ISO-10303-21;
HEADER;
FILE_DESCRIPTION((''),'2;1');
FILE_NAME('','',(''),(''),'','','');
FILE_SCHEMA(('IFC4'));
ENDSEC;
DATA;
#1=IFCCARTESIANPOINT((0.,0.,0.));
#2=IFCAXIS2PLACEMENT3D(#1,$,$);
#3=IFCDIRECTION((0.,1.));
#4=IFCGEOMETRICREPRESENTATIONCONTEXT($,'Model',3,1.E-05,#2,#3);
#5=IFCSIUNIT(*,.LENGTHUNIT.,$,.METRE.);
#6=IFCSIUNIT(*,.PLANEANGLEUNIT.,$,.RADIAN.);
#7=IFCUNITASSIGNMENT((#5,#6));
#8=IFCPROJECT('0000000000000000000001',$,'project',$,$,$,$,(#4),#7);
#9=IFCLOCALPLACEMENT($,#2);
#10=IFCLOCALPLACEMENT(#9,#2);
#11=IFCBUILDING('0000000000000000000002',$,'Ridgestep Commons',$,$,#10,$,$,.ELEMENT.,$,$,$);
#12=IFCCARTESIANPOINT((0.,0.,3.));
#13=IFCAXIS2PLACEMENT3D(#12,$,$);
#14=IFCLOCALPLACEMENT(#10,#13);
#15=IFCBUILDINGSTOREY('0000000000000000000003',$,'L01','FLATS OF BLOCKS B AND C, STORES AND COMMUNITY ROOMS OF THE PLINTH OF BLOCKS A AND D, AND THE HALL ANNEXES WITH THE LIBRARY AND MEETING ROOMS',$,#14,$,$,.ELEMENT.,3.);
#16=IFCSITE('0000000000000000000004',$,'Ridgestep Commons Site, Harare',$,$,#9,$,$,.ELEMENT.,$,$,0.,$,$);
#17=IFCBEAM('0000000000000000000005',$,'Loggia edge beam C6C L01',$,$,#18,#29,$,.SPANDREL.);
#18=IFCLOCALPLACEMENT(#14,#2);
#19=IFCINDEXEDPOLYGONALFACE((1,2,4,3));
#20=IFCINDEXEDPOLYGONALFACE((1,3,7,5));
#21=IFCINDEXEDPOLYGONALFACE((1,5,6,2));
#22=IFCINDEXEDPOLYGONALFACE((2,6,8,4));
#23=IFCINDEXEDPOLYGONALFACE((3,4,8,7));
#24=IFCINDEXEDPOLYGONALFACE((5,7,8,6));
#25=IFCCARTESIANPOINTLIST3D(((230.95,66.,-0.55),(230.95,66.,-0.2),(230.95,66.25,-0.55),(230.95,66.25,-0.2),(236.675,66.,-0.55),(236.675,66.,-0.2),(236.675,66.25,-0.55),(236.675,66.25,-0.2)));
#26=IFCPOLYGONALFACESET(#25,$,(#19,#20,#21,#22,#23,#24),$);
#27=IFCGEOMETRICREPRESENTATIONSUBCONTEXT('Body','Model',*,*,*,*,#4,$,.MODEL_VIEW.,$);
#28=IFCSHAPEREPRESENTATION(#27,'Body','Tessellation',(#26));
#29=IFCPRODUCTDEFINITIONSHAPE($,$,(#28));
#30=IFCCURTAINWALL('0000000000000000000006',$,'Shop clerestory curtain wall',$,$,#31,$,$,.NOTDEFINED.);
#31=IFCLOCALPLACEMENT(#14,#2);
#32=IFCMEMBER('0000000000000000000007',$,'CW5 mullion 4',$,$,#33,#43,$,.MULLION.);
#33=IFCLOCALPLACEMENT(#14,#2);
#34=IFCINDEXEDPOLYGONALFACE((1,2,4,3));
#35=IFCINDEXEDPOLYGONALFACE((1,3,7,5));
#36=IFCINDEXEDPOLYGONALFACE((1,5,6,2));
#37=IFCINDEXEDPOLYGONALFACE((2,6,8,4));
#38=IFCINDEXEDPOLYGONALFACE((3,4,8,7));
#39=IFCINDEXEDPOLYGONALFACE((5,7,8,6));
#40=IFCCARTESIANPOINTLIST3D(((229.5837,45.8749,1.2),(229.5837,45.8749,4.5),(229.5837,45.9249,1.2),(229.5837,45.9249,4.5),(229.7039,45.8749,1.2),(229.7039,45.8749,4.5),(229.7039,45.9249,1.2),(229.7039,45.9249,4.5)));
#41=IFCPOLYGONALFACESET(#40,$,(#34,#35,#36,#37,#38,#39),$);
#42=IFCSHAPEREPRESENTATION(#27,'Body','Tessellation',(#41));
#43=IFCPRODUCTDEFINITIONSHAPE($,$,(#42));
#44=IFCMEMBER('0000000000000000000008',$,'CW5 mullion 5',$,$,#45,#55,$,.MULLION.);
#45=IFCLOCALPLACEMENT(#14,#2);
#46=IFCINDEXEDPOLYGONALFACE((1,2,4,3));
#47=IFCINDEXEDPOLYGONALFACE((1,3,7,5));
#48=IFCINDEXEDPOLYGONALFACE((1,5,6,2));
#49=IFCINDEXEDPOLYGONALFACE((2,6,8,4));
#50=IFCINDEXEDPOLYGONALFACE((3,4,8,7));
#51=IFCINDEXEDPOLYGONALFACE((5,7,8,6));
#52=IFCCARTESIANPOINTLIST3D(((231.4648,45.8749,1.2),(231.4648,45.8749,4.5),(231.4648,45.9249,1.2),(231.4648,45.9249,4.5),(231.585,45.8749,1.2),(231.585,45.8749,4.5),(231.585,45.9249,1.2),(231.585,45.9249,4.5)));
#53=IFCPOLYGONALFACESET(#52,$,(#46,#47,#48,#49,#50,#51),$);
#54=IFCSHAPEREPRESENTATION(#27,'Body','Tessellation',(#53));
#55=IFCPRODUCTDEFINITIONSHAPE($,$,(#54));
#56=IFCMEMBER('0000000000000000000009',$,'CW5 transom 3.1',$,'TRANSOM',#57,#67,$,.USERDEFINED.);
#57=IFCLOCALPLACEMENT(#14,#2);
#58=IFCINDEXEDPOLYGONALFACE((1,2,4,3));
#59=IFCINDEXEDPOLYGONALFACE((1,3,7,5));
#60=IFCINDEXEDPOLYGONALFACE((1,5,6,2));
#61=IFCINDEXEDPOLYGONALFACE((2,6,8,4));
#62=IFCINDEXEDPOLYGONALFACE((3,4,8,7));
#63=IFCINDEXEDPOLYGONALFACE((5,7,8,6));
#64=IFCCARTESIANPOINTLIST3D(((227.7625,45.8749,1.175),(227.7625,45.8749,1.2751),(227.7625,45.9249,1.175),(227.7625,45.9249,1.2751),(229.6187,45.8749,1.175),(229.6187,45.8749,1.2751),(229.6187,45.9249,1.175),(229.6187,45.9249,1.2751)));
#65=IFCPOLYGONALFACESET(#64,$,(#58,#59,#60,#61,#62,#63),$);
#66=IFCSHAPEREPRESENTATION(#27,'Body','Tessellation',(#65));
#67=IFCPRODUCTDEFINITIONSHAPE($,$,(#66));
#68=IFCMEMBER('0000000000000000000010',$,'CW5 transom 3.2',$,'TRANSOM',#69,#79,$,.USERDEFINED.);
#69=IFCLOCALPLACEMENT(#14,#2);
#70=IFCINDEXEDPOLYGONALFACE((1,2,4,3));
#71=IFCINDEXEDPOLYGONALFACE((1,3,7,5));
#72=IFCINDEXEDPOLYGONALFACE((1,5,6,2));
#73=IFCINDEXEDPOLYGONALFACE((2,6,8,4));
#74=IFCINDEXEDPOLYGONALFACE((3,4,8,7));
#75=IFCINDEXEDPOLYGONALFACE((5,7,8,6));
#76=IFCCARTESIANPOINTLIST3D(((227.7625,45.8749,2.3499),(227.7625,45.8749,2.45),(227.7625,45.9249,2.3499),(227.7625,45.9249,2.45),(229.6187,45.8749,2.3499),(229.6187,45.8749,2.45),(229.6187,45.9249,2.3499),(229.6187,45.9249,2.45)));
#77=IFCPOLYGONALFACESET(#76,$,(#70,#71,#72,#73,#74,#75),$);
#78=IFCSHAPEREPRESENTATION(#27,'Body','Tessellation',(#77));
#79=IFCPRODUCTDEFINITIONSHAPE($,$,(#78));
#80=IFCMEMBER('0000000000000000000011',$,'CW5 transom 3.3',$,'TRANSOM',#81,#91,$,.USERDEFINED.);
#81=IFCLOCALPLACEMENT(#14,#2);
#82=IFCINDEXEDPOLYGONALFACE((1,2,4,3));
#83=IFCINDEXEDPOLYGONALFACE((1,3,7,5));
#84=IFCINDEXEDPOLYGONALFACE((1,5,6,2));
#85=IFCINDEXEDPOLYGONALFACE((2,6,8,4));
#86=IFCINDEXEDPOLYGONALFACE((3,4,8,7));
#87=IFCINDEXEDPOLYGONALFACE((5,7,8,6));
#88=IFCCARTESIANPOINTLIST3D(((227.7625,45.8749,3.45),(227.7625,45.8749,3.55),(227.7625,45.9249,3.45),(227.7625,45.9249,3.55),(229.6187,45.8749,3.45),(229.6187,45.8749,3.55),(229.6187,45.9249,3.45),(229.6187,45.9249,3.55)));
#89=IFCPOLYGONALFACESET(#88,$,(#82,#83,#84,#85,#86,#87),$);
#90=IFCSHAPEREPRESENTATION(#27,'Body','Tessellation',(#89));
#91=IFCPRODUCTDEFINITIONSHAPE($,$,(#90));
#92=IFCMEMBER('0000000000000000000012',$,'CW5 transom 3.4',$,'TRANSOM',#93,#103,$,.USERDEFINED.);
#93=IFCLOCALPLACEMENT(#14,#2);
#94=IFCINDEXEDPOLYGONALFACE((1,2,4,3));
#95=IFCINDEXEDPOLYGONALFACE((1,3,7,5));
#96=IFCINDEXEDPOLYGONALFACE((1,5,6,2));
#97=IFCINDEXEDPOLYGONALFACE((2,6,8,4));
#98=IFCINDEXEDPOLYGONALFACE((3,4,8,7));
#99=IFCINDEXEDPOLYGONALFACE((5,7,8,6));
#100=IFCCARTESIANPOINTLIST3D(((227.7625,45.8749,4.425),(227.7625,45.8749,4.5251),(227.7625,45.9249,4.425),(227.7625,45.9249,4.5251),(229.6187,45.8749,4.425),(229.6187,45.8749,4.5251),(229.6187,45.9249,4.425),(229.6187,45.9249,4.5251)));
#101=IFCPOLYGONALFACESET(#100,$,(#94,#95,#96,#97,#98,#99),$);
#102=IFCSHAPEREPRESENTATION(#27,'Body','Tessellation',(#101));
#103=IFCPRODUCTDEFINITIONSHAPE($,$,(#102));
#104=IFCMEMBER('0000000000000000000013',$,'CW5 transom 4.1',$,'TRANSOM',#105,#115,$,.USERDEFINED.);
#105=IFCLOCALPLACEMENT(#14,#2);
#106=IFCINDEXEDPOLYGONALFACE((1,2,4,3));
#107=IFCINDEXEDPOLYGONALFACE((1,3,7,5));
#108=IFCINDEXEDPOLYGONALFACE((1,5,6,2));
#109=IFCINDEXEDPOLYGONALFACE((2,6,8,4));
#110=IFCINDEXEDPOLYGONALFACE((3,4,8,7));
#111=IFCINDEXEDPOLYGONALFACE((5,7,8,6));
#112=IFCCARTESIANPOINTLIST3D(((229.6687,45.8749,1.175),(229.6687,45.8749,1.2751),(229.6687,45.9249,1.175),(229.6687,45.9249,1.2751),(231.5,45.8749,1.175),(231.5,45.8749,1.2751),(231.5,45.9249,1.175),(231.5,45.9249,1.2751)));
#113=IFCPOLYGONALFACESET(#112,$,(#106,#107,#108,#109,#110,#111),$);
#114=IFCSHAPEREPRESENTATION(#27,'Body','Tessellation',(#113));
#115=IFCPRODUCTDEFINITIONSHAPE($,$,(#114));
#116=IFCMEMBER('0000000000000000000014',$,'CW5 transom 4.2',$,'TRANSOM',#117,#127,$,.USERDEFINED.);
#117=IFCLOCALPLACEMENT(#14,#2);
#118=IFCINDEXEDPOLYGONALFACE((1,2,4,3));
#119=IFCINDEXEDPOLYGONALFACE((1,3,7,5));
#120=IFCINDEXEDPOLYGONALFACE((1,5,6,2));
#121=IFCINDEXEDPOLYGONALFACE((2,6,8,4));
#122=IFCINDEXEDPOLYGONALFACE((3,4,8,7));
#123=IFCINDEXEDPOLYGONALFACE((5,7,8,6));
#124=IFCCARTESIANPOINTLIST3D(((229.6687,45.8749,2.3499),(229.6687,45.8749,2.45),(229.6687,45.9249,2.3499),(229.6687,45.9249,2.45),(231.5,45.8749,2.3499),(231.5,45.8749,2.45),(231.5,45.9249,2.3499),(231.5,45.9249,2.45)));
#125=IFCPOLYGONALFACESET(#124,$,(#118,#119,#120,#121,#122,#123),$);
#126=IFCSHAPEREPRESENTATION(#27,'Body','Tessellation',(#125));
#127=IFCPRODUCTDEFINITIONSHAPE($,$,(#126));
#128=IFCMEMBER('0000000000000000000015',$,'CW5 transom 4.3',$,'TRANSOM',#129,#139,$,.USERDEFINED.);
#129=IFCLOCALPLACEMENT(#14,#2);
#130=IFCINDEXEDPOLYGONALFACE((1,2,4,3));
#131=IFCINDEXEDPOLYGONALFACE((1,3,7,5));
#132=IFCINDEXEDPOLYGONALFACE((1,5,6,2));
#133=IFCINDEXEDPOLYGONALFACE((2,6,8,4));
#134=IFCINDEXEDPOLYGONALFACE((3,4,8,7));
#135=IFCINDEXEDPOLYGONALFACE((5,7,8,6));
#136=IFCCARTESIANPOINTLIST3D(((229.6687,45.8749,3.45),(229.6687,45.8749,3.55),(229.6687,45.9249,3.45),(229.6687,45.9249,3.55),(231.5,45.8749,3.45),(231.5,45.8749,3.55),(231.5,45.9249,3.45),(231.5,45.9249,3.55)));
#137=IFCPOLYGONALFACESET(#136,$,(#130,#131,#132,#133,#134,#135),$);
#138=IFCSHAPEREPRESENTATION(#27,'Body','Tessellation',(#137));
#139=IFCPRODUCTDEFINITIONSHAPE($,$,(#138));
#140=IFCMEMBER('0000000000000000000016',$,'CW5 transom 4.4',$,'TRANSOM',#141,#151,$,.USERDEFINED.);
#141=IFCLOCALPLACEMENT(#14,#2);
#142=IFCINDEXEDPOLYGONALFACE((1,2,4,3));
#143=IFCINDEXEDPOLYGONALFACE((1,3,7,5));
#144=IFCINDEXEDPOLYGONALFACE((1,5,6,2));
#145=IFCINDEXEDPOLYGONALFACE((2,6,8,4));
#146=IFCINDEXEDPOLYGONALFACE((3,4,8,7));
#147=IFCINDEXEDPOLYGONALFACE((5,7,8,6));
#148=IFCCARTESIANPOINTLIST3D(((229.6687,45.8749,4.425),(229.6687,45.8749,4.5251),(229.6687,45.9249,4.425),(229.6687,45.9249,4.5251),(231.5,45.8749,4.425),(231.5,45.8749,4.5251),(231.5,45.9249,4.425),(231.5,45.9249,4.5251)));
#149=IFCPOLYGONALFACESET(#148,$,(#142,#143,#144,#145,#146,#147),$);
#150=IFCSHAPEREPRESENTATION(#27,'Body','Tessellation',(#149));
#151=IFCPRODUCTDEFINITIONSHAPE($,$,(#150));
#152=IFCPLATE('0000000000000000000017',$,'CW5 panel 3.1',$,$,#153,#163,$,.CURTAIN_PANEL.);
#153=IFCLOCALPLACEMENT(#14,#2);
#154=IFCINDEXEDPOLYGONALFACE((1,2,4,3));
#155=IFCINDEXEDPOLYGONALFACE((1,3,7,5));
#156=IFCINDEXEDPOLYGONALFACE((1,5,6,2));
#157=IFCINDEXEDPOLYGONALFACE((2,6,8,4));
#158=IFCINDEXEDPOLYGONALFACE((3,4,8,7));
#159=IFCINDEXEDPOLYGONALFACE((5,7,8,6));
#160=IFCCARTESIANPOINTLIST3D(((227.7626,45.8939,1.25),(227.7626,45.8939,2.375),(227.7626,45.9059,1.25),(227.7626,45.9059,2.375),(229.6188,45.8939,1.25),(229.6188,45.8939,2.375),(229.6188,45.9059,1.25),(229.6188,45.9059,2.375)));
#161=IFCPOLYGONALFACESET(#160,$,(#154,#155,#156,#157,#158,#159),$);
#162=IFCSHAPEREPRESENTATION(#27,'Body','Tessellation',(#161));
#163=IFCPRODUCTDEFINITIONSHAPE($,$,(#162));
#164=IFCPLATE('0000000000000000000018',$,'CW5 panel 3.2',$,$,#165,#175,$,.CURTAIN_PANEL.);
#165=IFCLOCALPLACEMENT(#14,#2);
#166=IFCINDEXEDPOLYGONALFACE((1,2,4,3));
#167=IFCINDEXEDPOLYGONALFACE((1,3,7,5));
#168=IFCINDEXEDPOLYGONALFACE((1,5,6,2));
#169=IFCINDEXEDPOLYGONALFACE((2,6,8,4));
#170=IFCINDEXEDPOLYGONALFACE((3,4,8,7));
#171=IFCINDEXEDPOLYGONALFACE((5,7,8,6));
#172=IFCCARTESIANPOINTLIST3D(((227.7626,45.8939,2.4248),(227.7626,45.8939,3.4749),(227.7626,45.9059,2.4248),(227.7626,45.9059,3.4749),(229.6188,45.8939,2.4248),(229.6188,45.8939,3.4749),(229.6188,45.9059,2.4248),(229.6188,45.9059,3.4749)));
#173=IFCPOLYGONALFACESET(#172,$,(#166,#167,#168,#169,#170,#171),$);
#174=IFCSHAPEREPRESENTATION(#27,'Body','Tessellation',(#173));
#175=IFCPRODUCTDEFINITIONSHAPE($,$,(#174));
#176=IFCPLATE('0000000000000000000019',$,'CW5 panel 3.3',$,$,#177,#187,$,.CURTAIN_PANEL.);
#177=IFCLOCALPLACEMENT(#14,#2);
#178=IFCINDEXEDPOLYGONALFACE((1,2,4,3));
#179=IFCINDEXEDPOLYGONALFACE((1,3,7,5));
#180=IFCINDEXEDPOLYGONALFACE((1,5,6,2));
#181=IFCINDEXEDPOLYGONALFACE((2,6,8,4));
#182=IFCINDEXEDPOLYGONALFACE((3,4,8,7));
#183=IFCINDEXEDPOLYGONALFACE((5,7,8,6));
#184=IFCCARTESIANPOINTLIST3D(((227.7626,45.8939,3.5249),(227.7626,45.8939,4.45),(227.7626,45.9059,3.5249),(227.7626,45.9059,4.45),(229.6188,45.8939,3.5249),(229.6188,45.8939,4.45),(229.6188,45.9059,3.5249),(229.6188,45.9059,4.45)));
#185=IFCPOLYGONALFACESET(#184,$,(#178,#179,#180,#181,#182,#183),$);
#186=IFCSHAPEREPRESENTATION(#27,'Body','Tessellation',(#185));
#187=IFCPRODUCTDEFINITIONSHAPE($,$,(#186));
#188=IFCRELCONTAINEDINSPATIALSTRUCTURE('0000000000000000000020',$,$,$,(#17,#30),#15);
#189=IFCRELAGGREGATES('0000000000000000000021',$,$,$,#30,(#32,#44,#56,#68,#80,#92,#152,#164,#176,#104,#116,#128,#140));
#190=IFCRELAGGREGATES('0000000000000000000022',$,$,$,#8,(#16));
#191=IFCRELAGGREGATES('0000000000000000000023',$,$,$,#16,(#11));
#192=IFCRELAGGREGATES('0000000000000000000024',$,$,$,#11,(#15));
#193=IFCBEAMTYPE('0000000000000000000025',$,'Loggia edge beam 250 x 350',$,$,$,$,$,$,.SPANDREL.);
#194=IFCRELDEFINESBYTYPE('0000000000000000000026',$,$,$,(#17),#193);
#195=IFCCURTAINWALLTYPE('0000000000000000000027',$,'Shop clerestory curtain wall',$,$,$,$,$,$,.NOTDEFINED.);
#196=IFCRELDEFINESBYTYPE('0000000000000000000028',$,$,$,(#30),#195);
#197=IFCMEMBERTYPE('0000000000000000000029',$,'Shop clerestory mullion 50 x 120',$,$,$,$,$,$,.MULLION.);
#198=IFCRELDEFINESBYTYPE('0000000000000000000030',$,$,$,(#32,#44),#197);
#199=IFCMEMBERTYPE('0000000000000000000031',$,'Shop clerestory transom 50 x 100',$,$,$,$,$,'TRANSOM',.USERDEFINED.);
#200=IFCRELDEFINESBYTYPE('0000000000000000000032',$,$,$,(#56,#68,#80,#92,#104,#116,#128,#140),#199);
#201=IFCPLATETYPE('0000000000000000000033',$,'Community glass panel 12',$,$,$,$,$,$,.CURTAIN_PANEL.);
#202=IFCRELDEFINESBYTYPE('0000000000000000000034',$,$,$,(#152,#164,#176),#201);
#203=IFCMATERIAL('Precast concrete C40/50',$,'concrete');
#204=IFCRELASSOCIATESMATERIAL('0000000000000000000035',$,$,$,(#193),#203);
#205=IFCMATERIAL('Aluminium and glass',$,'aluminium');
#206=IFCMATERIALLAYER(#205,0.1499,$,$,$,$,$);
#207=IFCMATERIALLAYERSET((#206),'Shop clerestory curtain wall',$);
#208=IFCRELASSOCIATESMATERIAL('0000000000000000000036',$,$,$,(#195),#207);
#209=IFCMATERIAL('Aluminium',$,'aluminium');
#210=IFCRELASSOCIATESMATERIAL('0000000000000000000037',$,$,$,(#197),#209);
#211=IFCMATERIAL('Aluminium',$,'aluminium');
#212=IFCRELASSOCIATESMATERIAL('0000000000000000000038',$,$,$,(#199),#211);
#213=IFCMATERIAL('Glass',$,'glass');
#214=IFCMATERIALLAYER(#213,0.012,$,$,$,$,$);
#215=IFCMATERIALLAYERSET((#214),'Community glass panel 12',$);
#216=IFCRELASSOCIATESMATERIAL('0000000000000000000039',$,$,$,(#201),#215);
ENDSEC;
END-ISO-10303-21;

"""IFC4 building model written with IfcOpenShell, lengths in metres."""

from ifc_helpers import new_model, si_unit, direction, frame, origin, origin_2d, place, context, subcontext, project, spatial, rectangle, extrude, material, layer, layer_set, material_profile, profile_set, type_object, element, aggregate, save


model = new_model("IFC4")

# Units and contexts
model_context = context("Model", 3, precision=1e-05, world=origin(), true_north=direction((0.0, 1.0)))
body_context = subcontext(model_context, "Body", "Model", "MODEL_VIEW")
ifc_project = project(units=[si_unit("LENGTHUNIT", "METRE"), si_unit("PLANEANGLEUNIT", "RADIAN")], contexts=[model_context])

# Site, building, storey
site_placement = place(None, origin())
site = spatial("IfcSite", under=ifc_project, at=site_placement, Name="Ridgestep Commons Site, Harare", CompositionType="ELEMENT", RefElevation=0.0)
building_placement = place(site_placement, origin())
building = spatial("IfcBuilding", under=site, at=building_placement, Name="Ridgestep Commons", CompositionType="ELEMENT")
storey_placement = place(building_placement, frame((0.0, 0.0, 3.0)))
storey = spatial("IfcBuildingStorey", under=building, at=storey_placement, Name="L01", Description="FLATS OF BLOCKS B AND C, STORES AND COMMUNITY ROOMS OF THE PLINTH OF BLOCKS A AND D, AND THE HALL ANNEXES WITH THE LIBRARY AND MEETING ROOMS", CompositionType="ELEMENT", Elevation=3.0)

# Beam
ifc_material_1 = material(Name="Precast concrete C40/50", Category="concrete")
ifc_material_profile_1 = material_profile(ifc_material_1, rectangle(XDim=0.25, YDim=0.3501, at=origin_2d()), Name="PC 250x350")
ifc_profile_set_1 = profile_set([ifc_material_profile_1], Name="Precast concrete C40/50")
beam_type = type_object("IfcBeamType", Name="Loggia edge beam 250 x 350", PredefinedType="SPANDREL", material=ifc_profile_set_1)
beam_placement = place(storey_placement, frame((230.95, 66.125, -0.375), z_axis=(1.0, 0.0, 0.0), x_axis=(0.0, 1.0, 0.0)))
element("IfcBeam", 1, at=beam_placement, inside=storey, type_object=beam_type, Name="Loggia edge beam C6C L01", PredefinedType="SPANDREL", context=body_context, shape_type="SweptSolid", body=[
    extrude(rectangle(XDim=0.25, YDim=0.3501, at=origin_2d()), origin(), (0.0, 0.0, 1.0), 5.7251),
])

# Curtain wall, members, plates
ifc_material_2 = material(Name="Aluminium and glass", Category="aluminium")
ifc_layer_1 = layer(ifc_material_2, 0.1499)
ifc_layer_set_1 = layer_set([ifc_layer_1], Name="Shop clerestory curtain wall")
curtain_wall_type = type_object("IfcCurtainWallType", Name="Shop clerestory curtain wall", PredefinedType="NOTDEFINED", material=ifc_layer_set_1)
curtain_wall_placement = place(storey_placement, origin())
curtain_wall = element("IfcCurtainWall", 2, at=curtain_wall_placement, inside=storey, type_object=curtain_wall_type, Name="Shop clerestory curtain wall", PredefinedType="NOTDEFINED")
ifc_material_3 = material(Name="Aluminium", Category="aluminium")
ifc_material_profile_2 = material_profile(ifc_material_3, rectangle(XDim=0.05, YDim=0.1201, at=origin_2d()), Name="Shop clerestory mullion 50 x 120")
ifc_profile_set_2 = profile_set([ifc_material_profile_2], Name="Aluminium")
member_type_1 = type_object("IfcMemberType", Name="Shop clerestory mullion 50 x 120", PredefinedType="MULLION", material=ifc_profile_set_2)
member_1_placement = place(storey_placement, frame((229.6438, 45.8999, 1.2), z_axis=(0.0, 0.0, 1.0), x_axis=(0.0, 1.0, 0.0)))
member_1 = element("IfcMember", 3, at=member_1_placement, type_object=member_type_1, Name="CW5 mullion 4", PredefinedType="MULLION", context=body_context, shape_type="SweptSolid", body=[
    extrude(rectangle(XDim=0.05, YDim=0.1201, at=origin_2d()), origin(), (0.0, 0.0, 1.0), 3.3),
])
member_2_placement = place(storey_placement, frame((231.5249, 45.8999, 1.2), z_axis=(0.0, 0.0, 1.0), x_axis=(0.0, 1.0, 0.0)))
member_2 = element("IfcMember", 4, at=member_2_placement, type_object=member_type_1, Name="CW5 mullion 5", PredefinedType="MULLION", context=body_context, shape_type="SweptSolid", body=[
    extrude(rectangle(XDim=0.05, YDim=0.1201, at=origin_2d()), origin(), (0.0, 0.0, 1.0), 3.3),
])
ifc_material_4 = material(Name="Aluminium", Category="aluminium")
ifc_material_profile_3 = material_profile(ifc_material_4, rectangle(XDim=0.05, YDim=0.1001, at=origin_2d()), Name="Shop clerestory transom 50 x 100")
ifc_profile_set_3 = profile_set([ifc_material_profile_3], Name="Aluminium")
member_type_2 = type_object("IfcMemberType", Name="Shop clerestory transom 50 x 100", ElementType="TRANSOM", PredefinedType="USERDEFINED", material=ifc_profile_set_3)
member_3_placement = place(storey_placement, frame((227.7625, 45.8999, 1.2251), z_axis=(1.0, 0.0, 0.0), x_axis=(0.0, 1.0, 0.0)))
member_3 = element("IfcMember", 5, at=member_3_placement, type_object=member_type_2, Name="CW5 transom 3.1", ObjectType="TRANSOM", PredefinedType="USERDEFINED", context=body_context, shape_type="SweptSolid", body=[
    extrude(rectangle(XDim=0.05, YDim=0.1001, at=origin_2d()), origin(), (0.0, 0.0, 1.0), 1.8562),
])
member_4_placement = place(storey_placement, frame((227.7625, 45.8999, 2.3999), z_axis=(1.0, 0.0, 0.0), x_axis=(0.0, 1.0, 0.0)))
member_4 = element("IfcMember", 6, at=member_4_placement, type_object=member_type_2, Name="CW5 transom 3.2", ObjectType="TRANSOM", PredefinedType="USERDEFINED", context=body_context, shape_type="SweptSolid", body=[
    extrude(rectangle(XDim=0.05, YDim=0.1001, at=origin_2d()), origin(), (0.0, 0.0, 1.0), 1.8562),
])
member_5_placement = place(storey_placement, frame((227.7625, 45.8999, 3.5), z_axis=(1.0, 0.0, 0.0), x_axis=(0.0, 1.0, 0.0)))
member_5 = element("IfcMember", 7, at=member_5_placement, type_object=member_type_2, Name="CW5 transom 3.3", ObjectType="TRANSOM", PredefinedType="USERDEFINED", context=body_context, shape_type="SweptSolid", body=[
    extrude(rectangle(XDim=0.05, YDim=0.1001, at=origin_2d()), origin(), (0.0, 0.0, 1.0), 1.8562),
])
member_6_placement = place(storey_placement, frame((227.7625, 45.8999, 4.4751), z_axis=(1.0, 0.0, 0.0), x_axis=(0.0, 1.0, 0.0)))
member_6 = element("IfcMember", 8, at=member_6_placement, type_object=member_type_2, Name="CW5 transom 3.4", ObjectType="TRANSOM", PredefinedType="USERDEFINED", context=body_context, shape_type="SweptSolid", body=[
    extrude(rectangle(XDim=0.05, YDim=0.1001, at=origin_2d()), origin(), (0.0, 0.0, 1.0), 1.8562),
])
member_7_placement = place(storey_placement, frame((229.6687, 45.8999, 1.2251), z_axis=(1.0, 0.0, 0.0), x_axis=(0.0, 1.0, 0.0)))
member_7 = element("IfcMember", 9, at=member_7_placement, type_object=member_type_2, Name="CW5 transom 4.1", ObjectType="TRANSOM", PredefinedType="USERDEFINED", context=body_context, shape_type="SweptSolid", body=[
    extrude(rectangle(XDim=0.05, YDim=0.1001, at=origin_2d()), origin(), (0.0, 0.0, 1.0), 1.8313),
])
member_8_placement = place(storey_placement, frame((229.6687, 45.8999, 2.3999), z_axis=(1.0, 0.0, 0.0), x_axis=(0.0, 1.0, 0.0)))
member_8 = element("IfcMember", 10, at=member_8_placement, type_object=member_type_2, Name="CW5 transom 4.2", ObjectType="TRANSOM", PredefinedType="USERDEFINED", context=body_context, shape_type="SweptSolid", body=[
    extrude(rectangle(XDim=0.05, YDim=0.1001, at=origin_2d()), origin(), (0.0, 0.0, 1.0), 1.8313),
])
member_9_placement = place(storey_placement, frame((229.6687, 45.8999, 3.5), z_axis=(1.0, 0.0, 0.0), x_axis=(0.0, 1.0, 0.0)))
member_9 = element("IfcMember", 11, at=member_9_placement, type_object=member_type_2, Name="CW5 transom 4.3", ObjectType="TRANSOM", PredefinedType="USERDEFINED", context=body_context, shape_type="SweptSolid", body=[
    extrude(rectangle(XDim=0.05, YDim=0.1001, at=origin_2d()), origin(), (0.0, 0.0, 1.0), 1.8313),
])
member_10_placement = place(storey_placement, frame((229.6687, 45.8999, 4.4751), z_axis=(1.0, 0.0, 0.0), x_axis=(0.0, 1.0, 0.0)))
member_10 = element("IfcMember", 12, at=member_10_placement, type_object=member_type_2, Name="CW5 transom 4.4", ObjectType="TRANSOM", PredefinedType="USERDEFINED", context=body_context, shape_type="SweptSolid", body=[
    extrude(rectangle(XDim=0.05, YDim=0.1001, at=origin_2d()), origin(), (0.0, 0.0, 1.0), 1.8313),
])
ifc_material_5 = material(Name="Glass", Category="glass")
ifc_layer_2 = layer(ifc_material_5, 0.012)
ifc_layer_set_2 = layer_set([ifc_layer_2], Name="Community glass panel 12")
plate_type = type_object("IfcPlateType", Name="Community glass panel 12", PredefinedType="CURTAIN_PANEL", material=ifc_layer_set_2)
plate_1_placement = place(storey_placement, frame((228.6907, 45.8999, 1.25), z_axis=(0.0, 0.0, 1.0), x_axis=(1.0, 0.0, 0.0)))
plate_1 = element("IfcPlate", 13, at=plate_1_placement, type_object=plate_type, Name="CW5 panel 3.1", PredefinedType="CURTAIN_PANEL", context=body_context, shape_type="SweptSolid", body=[
    extrude(rectangle(XDim=1.8562, YDim=0.012, at=origin_2d()), origin(), (0.0, 0.0, 1.0), 1.125),
])
plate_2_placement = place(storey_placement, frame((228.6907, 45.8999, 2.4248), z_axis=(0.0, 0.0, 1.0), x_axis=(1.0, 0.0, 0.0)))
plate_2 = element("IfcPlate", 14, at=plate_2_placement, type_object=plate_type, Name="CW5 panel 3.2", PredefinedType="CURTAIN_PANEL", context=body_context, shape_type="SweptSolid", body=[
    extrude(rectangle(XDim=1.8562, YDim=0.012, at=origin_2d()), origin(), (0.0, 0.0, 1.0), 1.05),
])
plate_3_placement = place(storey_placement, frame((228.6907, 45.8999, 3.5249), z_axis=(0.0, 0.0, 1.0), x_axis=(1.0, 0.0, 0.0)))
plate_3 = element("IfcPlate", 15, at=plate_3_placement, type_object=plate_type, Name="CW5 panel 3.3", PredefinedType="CURTAIN_PANEL", context=body_context, shape_type="SweptSolid", body=[
    extrude(rectangle(XDim=1.8562, YDim=0.012, at=origin_2d()), origin(), (0.0, 0.0, 1.0), 0.925),
])
aggregate(curtain_wall, [member_1, member_2, member_3, member_4, member_5, member_6, plate_1, plate_2, plate_3, member_7, member_8, member_9, member_10])

save(model, "model.ifc")
